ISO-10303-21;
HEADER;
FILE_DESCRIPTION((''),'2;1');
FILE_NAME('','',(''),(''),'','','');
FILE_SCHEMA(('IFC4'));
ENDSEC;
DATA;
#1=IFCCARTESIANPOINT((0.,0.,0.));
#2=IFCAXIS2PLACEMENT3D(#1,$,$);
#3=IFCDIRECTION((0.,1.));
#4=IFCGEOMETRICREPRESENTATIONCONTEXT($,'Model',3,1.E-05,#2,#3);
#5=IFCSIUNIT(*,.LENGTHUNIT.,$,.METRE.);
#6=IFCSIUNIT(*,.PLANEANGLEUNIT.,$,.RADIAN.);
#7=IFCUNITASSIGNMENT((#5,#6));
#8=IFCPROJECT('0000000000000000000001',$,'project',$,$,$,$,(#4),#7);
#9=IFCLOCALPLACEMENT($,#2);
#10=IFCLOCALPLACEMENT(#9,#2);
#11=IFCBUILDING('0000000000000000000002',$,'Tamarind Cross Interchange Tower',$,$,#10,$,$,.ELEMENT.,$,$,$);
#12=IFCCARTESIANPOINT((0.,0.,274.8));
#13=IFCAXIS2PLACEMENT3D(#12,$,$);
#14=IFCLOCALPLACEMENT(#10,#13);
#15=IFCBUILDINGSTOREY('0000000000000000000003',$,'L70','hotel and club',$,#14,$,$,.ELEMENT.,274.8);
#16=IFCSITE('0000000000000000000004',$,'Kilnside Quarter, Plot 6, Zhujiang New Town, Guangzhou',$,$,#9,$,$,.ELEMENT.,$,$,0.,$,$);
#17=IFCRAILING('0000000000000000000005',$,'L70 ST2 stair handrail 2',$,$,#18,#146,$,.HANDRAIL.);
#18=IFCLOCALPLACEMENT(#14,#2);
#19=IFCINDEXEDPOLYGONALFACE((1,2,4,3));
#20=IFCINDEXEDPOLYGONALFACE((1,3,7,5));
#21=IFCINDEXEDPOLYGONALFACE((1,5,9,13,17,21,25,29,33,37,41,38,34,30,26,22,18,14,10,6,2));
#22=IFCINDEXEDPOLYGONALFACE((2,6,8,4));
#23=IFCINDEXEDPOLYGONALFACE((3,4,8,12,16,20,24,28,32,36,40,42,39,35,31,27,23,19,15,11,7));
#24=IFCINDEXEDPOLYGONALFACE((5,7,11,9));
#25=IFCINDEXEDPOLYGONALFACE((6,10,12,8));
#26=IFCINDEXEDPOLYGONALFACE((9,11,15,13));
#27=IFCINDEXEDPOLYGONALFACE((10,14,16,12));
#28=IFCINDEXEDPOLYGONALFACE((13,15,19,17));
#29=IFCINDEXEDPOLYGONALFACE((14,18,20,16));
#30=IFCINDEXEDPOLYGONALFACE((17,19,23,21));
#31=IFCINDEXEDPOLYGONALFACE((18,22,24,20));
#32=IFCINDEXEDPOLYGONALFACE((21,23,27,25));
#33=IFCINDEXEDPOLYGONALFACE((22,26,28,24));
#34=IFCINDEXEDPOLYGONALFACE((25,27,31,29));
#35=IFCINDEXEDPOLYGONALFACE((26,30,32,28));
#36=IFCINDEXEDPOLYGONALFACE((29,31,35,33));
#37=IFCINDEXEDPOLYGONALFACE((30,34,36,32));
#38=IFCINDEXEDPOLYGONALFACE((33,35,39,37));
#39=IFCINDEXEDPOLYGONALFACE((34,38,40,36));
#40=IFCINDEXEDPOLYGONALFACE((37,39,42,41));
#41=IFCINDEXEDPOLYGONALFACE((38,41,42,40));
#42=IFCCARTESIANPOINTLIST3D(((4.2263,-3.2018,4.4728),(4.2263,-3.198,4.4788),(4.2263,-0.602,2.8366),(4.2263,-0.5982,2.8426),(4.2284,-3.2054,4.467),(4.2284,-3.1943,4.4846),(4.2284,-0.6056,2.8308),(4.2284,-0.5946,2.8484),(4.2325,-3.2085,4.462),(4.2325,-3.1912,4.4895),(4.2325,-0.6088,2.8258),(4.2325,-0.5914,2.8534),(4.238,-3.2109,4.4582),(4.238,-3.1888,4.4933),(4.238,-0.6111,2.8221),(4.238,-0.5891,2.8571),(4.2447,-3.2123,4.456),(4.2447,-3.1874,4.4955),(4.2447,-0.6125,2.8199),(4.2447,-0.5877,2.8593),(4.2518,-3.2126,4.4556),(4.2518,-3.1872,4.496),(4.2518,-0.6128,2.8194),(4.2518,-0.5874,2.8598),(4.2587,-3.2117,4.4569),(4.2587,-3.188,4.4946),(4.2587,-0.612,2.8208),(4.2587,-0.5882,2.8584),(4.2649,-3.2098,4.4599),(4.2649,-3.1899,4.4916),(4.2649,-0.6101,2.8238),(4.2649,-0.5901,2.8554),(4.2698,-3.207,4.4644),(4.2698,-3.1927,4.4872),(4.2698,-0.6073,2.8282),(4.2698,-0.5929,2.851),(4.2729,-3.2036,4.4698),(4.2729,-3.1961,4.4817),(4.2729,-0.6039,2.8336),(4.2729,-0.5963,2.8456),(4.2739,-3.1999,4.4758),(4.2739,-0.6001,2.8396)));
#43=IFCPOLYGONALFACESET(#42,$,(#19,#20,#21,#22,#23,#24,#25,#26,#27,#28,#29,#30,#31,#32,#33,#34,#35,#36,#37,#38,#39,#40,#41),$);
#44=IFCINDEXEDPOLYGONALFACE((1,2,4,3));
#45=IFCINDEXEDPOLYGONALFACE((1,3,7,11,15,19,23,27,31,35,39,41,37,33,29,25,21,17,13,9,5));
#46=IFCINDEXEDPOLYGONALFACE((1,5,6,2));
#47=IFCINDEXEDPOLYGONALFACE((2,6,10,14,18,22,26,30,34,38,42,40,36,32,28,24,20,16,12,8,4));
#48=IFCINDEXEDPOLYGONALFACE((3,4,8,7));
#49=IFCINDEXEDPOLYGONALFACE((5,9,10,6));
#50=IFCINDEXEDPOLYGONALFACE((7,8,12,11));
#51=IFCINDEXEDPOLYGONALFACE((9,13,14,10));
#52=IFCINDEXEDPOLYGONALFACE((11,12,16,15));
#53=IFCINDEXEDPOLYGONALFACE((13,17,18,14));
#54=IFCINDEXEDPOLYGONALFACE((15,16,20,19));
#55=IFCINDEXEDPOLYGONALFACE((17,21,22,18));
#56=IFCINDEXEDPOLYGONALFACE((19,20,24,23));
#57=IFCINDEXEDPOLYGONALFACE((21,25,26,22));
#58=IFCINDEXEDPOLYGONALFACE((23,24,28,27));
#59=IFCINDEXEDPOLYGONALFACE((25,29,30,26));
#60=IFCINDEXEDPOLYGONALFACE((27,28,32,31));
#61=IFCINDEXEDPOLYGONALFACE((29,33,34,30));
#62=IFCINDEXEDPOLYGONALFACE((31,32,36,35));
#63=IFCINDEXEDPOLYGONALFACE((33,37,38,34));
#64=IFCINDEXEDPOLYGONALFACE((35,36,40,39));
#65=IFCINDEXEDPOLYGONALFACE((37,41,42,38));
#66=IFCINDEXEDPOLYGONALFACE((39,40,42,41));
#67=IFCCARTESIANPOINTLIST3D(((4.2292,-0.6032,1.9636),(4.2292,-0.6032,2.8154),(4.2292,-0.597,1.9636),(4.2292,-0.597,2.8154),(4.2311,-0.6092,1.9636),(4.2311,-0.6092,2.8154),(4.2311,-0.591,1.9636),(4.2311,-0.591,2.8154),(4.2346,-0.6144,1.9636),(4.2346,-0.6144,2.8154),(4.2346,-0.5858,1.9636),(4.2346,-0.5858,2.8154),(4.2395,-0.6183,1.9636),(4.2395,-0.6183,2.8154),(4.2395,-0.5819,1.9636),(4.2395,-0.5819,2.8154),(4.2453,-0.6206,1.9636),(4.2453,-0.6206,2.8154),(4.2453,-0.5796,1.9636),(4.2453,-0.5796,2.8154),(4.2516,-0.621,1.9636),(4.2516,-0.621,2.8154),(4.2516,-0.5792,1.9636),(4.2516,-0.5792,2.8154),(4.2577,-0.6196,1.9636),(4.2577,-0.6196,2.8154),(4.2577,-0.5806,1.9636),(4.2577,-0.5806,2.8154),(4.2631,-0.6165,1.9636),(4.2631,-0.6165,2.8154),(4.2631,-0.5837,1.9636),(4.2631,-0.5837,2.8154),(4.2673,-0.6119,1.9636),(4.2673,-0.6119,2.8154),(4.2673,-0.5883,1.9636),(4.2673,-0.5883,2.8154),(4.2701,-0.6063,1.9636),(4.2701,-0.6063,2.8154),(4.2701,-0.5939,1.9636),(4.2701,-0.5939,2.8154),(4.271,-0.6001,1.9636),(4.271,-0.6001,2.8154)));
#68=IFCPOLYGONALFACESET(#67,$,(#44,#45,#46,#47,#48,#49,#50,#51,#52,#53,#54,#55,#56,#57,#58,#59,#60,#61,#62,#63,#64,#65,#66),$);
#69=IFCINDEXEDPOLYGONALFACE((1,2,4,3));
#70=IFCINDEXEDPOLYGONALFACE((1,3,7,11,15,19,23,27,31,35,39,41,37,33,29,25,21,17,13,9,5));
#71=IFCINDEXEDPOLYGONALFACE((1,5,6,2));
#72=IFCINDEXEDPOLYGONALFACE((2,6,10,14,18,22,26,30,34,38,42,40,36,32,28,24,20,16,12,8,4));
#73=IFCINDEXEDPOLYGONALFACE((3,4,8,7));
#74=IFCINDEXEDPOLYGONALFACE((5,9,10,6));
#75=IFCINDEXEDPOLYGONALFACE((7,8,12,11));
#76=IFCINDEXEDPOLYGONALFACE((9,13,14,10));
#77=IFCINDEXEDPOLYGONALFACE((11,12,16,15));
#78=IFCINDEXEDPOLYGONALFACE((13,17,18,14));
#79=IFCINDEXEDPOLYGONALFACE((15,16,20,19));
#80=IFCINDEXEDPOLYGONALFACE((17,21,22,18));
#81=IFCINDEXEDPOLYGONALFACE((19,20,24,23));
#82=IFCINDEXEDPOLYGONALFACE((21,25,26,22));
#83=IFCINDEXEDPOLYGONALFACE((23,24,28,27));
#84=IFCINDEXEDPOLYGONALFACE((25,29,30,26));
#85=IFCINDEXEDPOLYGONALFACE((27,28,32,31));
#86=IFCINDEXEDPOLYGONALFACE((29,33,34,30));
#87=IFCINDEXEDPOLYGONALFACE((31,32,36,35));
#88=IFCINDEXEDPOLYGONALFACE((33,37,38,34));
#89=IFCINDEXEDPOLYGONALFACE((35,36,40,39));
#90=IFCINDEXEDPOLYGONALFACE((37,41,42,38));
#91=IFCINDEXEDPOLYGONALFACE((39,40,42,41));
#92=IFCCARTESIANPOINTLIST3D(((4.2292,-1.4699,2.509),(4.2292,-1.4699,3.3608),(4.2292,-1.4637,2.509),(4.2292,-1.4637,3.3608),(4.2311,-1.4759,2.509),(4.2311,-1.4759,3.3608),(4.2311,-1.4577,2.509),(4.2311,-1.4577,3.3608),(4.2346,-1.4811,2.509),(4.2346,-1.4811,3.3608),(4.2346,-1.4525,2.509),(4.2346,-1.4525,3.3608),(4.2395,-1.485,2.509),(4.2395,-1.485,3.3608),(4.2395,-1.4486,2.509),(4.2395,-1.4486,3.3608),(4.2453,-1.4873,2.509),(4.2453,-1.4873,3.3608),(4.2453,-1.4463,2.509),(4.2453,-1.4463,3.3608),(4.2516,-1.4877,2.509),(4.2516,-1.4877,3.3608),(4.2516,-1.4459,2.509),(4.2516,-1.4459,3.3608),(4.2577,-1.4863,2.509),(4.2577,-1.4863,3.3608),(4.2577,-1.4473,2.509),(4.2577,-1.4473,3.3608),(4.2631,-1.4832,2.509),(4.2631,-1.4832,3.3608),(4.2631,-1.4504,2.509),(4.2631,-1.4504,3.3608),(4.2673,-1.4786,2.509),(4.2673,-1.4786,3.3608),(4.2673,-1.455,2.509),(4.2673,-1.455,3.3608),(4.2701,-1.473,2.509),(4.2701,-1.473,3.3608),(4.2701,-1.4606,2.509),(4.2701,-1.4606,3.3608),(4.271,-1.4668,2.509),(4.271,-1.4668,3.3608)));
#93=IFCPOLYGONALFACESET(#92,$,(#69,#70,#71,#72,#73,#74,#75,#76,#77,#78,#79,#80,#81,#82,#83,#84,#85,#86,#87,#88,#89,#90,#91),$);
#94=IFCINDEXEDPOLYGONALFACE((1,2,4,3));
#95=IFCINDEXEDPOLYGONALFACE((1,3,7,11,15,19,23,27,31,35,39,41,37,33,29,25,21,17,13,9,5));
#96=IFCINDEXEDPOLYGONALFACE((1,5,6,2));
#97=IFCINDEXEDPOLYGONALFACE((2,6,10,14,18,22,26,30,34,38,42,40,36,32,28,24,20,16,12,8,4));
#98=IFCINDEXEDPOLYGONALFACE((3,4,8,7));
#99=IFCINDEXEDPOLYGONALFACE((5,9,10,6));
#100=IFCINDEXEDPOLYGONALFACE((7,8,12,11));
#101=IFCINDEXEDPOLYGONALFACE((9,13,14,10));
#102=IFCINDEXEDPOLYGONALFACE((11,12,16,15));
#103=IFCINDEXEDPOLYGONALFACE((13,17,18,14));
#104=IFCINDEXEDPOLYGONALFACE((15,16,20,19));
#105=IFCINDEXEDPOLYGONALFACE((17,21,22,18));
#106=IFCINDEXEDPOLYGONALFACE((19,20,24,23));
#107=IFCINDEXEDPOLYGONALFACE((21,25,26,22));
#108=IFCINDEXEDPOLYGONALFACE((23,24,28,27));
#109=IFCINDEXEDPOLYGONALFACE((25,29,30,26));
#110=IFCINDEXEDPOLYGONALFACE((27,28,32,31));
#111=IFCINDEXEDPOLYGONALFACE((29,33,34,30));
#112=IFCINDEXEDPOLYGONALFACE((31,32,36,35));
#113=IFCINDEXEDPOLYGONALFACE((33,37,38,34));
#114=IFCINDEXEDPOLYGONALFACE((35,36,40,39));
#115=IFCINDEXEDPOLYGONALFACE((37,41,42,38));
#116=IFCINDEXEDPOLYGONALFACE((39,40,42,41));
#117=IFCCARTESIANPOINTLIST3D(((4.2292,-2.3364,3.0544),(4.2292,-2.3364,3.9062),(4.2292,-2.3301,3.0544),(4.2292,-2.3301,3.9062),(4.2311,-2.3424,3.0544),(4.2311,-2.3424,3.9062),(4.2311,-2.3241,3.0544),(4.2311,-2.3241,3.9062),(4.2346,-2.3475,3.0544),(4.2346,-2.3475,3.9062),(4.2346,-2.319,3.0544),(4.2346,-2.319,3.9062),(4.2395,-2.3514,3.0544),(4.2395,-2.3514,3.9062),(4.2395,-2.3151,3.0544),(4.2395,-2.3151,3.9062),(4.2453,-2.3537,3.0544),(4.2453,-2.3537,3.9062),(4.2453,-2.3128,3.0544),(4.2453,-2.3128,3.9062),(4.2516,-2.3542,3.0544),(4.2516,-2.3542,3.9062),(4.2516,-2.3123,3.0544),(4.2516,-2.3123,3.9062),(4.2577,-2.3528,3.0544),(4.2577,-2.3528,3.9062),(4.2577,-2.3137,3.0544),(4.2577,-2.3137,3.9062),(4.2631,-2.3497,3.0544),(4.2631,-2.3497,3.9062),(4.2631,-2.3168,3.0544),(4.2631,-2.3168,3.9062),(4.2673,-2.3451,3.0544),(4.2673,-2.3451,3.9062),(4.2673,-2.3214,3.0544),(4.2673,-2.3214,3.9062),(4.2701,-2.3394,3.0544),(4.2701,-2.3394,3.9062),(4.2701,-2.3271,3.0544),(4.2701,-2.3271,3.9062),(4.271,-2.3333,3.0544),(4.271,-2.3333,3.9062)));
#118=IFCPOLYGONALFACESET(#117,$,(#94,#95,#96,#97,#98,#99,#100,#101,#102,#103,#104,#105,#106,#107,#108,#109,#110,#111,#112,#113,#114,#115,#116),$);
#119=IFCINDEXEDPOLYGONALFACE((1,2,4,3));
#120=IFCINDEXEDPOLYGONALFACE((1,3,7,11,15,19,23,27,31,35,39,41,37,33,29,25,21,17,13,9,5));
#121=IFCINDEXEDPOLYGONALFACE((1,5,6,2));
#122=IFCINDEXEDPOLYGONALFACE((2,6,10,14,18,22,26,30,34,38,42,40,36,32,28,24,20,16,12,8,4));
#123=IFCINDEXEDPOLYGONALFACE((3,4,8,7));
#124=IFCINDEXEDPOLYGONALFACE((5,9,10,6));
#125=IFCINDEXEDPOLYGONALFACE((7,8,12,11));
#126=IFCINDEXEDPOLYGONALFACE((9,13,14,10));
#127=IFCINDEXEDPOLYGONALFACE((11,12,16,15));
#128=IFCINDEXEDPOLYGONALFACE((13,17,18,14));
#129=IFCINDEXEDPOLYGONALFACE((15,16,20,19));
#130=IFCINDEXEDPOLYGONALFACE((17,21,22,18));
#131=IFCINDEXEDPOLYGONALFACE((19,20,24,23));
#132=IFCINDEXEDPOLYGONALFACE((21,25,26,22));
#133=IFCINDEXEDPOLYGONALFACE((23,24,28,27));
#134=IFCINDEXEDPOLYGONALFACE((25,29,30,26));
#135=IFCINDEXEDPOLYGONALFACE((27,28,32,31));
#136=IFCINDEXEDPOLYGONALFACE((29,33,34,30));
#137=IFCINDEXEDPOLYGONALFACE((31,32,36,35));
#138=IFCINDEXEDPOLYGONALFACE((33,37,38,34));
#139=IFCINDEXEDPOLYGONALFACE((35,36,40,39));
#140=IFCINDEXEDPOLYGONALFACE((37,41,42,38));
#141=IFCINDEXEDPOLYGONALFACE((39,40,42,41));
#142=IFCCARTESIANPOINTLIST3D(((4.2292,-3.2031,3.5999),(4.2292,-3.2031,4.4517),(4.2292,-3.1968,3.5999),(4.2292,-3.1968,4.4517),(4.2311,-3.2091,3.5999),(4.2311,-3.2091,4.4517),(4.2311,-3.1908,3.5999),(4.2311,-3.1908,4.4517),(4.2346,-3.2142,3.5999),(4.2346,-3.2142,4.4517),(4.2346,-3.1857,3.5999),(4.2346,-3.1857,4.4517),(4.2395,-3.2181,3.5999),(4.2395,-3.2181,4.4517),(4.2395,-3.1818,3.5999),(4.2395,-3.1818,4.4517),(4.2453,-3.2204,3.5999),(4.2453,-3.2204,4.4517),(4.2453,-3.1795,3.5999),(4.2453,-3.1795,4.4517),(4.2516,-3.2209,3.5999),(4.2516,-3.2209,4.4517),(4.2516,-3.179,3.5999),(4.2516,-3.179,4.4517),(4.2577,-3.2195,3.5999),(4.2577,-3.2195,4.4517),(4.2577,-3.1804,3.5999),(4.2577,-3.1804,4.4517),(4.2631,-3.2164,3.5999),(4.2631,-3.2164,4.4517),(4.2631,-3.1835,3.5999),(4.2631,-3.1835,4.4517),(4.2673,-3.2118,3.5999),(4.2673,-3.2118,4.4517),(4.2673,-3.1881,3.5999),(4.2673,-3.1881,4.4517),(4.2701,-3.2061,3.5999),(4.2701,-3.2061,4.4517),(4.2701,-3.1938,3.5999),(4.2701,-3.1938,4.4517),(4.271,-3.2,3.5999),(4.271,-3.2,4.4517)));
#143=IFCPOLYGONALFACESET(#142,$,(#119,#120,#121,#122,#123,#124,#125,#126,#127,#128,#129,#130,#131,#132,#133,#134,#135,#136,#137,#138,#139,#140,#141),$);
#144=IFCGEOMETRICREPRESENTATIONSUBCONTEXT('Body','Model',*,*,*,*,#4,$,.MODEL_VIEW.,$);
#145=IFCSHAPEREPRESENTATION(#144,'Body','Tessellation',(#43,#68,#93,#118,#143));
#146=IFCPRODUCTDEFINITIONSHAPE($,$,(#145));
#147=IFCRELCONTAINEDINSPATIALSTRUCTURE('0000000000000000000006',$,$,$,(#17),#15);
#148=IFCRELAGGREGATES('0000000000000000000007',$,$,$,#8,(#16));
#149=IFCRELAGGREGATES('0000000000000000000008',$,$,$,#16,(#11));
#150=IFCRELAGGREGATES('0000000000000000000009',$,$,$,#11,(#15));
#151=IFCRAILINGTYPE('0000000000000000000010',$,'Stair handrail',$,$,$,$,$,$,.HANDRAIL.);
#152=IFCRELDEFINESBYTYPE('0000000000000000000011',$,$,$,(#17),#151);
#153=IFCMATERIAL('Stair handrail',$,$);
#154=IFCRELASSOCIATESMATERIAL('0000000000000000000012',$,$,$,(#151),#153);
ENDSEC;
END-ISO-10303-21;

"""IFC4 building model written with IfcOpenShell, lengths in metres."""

from ifc_helpers import new_model, si_unit, direction, frame, origin, origin_2d, place, context, subcontext, project, spatial, circle, extrude, material, type_object, element, save


model = new_model("IFC4")

# Units and contexts
model_context = context("Model", 3, precision=1e-05, world=origin(), true_north=direction((0.0, 1.0)))
body_context = subcontext(model_context, "Body", "Model", "MODEL_VIEW")
ifc_project = project(units=[si_unit("LENGTHUNIT", "METRE"), si_unit("PLANEANGLEUNIT", "RADIAN")], contexts=[model_context])

# Site, building, storey
site_placement = place(None, origin())
site = spatial("IfcSite", under=ifc_project, at=site_placement, Name="Kilnside Quarter, Plot 6, Zhujiang New Town, Guangzhou", CompositionType="ELEMENT", RefElevation=0.0)
building_placement = place(site_placement, origin())
building = spatial("IfcBuilding", under=site, at=building_placement, Name="Tamarind Cross Interchange Tower", CompositionType="ELEMENT")
storey_placement = place(building_placement, frame((0.0, 0.0, 274.8)))
storey = spatial("IfcBuildingStorey", under=building, at=storey_placement, Name="L70", Description="hotel and club", CompositionType="ELEMENT", Elevation=274.8)

# Railing
ifc_material_1 = material(Name="Stair handrail")
railing_type_1 = type_object("IfcRailingType", Name="Stair handrail", PredefinedType="HANDRAIL", material=ifc_material_1)
railing_1_placement = place(storey_placement, frame((4.25, -0.6001, 1.9636)))
element("IfcRailing", 1, at=railing_1_placement, inside=storey, type_object=railing_type_1, Name="L70 ST2 stair handrail 2", PredefinedType="HANDRAIL", context=body_context, shape_type="SweptSolid", body=[
    extrude(circle(Radius=0.0239, at=origin_2d()), frame((0.0, 0.0, 0.876), z_axis=(0.0, -0.846338, 0.532647), x_axis=(1.0, 0.0, 0.0)), (0.0, 0.0, 1.0), 3.0718),
    extrude(circle(Radius=0.021, at=origin_2d()), origin(), (0.0, 0.0, 1.0), 0.8518),
    extrude(circle(Radius=0.021, at=origin_2d()), frame((0.0, -0.8667, 0.5454)), (0.0, 0.0, 1.0), 0.8518),
    extrude(circle(Radius=0.021, at=origin_2d()), frame((0.0, -1.7332, 1.0908)), (0.0, 0.0, 1.0), 0.8518),
    extrude(circle(Radius=0.021, at=origin_2d()), frame((0.0, -2.5999, 1.6362)), (0.0, 0.0, 1.0), 0.8518),
])

save(model, "model.ifc")
